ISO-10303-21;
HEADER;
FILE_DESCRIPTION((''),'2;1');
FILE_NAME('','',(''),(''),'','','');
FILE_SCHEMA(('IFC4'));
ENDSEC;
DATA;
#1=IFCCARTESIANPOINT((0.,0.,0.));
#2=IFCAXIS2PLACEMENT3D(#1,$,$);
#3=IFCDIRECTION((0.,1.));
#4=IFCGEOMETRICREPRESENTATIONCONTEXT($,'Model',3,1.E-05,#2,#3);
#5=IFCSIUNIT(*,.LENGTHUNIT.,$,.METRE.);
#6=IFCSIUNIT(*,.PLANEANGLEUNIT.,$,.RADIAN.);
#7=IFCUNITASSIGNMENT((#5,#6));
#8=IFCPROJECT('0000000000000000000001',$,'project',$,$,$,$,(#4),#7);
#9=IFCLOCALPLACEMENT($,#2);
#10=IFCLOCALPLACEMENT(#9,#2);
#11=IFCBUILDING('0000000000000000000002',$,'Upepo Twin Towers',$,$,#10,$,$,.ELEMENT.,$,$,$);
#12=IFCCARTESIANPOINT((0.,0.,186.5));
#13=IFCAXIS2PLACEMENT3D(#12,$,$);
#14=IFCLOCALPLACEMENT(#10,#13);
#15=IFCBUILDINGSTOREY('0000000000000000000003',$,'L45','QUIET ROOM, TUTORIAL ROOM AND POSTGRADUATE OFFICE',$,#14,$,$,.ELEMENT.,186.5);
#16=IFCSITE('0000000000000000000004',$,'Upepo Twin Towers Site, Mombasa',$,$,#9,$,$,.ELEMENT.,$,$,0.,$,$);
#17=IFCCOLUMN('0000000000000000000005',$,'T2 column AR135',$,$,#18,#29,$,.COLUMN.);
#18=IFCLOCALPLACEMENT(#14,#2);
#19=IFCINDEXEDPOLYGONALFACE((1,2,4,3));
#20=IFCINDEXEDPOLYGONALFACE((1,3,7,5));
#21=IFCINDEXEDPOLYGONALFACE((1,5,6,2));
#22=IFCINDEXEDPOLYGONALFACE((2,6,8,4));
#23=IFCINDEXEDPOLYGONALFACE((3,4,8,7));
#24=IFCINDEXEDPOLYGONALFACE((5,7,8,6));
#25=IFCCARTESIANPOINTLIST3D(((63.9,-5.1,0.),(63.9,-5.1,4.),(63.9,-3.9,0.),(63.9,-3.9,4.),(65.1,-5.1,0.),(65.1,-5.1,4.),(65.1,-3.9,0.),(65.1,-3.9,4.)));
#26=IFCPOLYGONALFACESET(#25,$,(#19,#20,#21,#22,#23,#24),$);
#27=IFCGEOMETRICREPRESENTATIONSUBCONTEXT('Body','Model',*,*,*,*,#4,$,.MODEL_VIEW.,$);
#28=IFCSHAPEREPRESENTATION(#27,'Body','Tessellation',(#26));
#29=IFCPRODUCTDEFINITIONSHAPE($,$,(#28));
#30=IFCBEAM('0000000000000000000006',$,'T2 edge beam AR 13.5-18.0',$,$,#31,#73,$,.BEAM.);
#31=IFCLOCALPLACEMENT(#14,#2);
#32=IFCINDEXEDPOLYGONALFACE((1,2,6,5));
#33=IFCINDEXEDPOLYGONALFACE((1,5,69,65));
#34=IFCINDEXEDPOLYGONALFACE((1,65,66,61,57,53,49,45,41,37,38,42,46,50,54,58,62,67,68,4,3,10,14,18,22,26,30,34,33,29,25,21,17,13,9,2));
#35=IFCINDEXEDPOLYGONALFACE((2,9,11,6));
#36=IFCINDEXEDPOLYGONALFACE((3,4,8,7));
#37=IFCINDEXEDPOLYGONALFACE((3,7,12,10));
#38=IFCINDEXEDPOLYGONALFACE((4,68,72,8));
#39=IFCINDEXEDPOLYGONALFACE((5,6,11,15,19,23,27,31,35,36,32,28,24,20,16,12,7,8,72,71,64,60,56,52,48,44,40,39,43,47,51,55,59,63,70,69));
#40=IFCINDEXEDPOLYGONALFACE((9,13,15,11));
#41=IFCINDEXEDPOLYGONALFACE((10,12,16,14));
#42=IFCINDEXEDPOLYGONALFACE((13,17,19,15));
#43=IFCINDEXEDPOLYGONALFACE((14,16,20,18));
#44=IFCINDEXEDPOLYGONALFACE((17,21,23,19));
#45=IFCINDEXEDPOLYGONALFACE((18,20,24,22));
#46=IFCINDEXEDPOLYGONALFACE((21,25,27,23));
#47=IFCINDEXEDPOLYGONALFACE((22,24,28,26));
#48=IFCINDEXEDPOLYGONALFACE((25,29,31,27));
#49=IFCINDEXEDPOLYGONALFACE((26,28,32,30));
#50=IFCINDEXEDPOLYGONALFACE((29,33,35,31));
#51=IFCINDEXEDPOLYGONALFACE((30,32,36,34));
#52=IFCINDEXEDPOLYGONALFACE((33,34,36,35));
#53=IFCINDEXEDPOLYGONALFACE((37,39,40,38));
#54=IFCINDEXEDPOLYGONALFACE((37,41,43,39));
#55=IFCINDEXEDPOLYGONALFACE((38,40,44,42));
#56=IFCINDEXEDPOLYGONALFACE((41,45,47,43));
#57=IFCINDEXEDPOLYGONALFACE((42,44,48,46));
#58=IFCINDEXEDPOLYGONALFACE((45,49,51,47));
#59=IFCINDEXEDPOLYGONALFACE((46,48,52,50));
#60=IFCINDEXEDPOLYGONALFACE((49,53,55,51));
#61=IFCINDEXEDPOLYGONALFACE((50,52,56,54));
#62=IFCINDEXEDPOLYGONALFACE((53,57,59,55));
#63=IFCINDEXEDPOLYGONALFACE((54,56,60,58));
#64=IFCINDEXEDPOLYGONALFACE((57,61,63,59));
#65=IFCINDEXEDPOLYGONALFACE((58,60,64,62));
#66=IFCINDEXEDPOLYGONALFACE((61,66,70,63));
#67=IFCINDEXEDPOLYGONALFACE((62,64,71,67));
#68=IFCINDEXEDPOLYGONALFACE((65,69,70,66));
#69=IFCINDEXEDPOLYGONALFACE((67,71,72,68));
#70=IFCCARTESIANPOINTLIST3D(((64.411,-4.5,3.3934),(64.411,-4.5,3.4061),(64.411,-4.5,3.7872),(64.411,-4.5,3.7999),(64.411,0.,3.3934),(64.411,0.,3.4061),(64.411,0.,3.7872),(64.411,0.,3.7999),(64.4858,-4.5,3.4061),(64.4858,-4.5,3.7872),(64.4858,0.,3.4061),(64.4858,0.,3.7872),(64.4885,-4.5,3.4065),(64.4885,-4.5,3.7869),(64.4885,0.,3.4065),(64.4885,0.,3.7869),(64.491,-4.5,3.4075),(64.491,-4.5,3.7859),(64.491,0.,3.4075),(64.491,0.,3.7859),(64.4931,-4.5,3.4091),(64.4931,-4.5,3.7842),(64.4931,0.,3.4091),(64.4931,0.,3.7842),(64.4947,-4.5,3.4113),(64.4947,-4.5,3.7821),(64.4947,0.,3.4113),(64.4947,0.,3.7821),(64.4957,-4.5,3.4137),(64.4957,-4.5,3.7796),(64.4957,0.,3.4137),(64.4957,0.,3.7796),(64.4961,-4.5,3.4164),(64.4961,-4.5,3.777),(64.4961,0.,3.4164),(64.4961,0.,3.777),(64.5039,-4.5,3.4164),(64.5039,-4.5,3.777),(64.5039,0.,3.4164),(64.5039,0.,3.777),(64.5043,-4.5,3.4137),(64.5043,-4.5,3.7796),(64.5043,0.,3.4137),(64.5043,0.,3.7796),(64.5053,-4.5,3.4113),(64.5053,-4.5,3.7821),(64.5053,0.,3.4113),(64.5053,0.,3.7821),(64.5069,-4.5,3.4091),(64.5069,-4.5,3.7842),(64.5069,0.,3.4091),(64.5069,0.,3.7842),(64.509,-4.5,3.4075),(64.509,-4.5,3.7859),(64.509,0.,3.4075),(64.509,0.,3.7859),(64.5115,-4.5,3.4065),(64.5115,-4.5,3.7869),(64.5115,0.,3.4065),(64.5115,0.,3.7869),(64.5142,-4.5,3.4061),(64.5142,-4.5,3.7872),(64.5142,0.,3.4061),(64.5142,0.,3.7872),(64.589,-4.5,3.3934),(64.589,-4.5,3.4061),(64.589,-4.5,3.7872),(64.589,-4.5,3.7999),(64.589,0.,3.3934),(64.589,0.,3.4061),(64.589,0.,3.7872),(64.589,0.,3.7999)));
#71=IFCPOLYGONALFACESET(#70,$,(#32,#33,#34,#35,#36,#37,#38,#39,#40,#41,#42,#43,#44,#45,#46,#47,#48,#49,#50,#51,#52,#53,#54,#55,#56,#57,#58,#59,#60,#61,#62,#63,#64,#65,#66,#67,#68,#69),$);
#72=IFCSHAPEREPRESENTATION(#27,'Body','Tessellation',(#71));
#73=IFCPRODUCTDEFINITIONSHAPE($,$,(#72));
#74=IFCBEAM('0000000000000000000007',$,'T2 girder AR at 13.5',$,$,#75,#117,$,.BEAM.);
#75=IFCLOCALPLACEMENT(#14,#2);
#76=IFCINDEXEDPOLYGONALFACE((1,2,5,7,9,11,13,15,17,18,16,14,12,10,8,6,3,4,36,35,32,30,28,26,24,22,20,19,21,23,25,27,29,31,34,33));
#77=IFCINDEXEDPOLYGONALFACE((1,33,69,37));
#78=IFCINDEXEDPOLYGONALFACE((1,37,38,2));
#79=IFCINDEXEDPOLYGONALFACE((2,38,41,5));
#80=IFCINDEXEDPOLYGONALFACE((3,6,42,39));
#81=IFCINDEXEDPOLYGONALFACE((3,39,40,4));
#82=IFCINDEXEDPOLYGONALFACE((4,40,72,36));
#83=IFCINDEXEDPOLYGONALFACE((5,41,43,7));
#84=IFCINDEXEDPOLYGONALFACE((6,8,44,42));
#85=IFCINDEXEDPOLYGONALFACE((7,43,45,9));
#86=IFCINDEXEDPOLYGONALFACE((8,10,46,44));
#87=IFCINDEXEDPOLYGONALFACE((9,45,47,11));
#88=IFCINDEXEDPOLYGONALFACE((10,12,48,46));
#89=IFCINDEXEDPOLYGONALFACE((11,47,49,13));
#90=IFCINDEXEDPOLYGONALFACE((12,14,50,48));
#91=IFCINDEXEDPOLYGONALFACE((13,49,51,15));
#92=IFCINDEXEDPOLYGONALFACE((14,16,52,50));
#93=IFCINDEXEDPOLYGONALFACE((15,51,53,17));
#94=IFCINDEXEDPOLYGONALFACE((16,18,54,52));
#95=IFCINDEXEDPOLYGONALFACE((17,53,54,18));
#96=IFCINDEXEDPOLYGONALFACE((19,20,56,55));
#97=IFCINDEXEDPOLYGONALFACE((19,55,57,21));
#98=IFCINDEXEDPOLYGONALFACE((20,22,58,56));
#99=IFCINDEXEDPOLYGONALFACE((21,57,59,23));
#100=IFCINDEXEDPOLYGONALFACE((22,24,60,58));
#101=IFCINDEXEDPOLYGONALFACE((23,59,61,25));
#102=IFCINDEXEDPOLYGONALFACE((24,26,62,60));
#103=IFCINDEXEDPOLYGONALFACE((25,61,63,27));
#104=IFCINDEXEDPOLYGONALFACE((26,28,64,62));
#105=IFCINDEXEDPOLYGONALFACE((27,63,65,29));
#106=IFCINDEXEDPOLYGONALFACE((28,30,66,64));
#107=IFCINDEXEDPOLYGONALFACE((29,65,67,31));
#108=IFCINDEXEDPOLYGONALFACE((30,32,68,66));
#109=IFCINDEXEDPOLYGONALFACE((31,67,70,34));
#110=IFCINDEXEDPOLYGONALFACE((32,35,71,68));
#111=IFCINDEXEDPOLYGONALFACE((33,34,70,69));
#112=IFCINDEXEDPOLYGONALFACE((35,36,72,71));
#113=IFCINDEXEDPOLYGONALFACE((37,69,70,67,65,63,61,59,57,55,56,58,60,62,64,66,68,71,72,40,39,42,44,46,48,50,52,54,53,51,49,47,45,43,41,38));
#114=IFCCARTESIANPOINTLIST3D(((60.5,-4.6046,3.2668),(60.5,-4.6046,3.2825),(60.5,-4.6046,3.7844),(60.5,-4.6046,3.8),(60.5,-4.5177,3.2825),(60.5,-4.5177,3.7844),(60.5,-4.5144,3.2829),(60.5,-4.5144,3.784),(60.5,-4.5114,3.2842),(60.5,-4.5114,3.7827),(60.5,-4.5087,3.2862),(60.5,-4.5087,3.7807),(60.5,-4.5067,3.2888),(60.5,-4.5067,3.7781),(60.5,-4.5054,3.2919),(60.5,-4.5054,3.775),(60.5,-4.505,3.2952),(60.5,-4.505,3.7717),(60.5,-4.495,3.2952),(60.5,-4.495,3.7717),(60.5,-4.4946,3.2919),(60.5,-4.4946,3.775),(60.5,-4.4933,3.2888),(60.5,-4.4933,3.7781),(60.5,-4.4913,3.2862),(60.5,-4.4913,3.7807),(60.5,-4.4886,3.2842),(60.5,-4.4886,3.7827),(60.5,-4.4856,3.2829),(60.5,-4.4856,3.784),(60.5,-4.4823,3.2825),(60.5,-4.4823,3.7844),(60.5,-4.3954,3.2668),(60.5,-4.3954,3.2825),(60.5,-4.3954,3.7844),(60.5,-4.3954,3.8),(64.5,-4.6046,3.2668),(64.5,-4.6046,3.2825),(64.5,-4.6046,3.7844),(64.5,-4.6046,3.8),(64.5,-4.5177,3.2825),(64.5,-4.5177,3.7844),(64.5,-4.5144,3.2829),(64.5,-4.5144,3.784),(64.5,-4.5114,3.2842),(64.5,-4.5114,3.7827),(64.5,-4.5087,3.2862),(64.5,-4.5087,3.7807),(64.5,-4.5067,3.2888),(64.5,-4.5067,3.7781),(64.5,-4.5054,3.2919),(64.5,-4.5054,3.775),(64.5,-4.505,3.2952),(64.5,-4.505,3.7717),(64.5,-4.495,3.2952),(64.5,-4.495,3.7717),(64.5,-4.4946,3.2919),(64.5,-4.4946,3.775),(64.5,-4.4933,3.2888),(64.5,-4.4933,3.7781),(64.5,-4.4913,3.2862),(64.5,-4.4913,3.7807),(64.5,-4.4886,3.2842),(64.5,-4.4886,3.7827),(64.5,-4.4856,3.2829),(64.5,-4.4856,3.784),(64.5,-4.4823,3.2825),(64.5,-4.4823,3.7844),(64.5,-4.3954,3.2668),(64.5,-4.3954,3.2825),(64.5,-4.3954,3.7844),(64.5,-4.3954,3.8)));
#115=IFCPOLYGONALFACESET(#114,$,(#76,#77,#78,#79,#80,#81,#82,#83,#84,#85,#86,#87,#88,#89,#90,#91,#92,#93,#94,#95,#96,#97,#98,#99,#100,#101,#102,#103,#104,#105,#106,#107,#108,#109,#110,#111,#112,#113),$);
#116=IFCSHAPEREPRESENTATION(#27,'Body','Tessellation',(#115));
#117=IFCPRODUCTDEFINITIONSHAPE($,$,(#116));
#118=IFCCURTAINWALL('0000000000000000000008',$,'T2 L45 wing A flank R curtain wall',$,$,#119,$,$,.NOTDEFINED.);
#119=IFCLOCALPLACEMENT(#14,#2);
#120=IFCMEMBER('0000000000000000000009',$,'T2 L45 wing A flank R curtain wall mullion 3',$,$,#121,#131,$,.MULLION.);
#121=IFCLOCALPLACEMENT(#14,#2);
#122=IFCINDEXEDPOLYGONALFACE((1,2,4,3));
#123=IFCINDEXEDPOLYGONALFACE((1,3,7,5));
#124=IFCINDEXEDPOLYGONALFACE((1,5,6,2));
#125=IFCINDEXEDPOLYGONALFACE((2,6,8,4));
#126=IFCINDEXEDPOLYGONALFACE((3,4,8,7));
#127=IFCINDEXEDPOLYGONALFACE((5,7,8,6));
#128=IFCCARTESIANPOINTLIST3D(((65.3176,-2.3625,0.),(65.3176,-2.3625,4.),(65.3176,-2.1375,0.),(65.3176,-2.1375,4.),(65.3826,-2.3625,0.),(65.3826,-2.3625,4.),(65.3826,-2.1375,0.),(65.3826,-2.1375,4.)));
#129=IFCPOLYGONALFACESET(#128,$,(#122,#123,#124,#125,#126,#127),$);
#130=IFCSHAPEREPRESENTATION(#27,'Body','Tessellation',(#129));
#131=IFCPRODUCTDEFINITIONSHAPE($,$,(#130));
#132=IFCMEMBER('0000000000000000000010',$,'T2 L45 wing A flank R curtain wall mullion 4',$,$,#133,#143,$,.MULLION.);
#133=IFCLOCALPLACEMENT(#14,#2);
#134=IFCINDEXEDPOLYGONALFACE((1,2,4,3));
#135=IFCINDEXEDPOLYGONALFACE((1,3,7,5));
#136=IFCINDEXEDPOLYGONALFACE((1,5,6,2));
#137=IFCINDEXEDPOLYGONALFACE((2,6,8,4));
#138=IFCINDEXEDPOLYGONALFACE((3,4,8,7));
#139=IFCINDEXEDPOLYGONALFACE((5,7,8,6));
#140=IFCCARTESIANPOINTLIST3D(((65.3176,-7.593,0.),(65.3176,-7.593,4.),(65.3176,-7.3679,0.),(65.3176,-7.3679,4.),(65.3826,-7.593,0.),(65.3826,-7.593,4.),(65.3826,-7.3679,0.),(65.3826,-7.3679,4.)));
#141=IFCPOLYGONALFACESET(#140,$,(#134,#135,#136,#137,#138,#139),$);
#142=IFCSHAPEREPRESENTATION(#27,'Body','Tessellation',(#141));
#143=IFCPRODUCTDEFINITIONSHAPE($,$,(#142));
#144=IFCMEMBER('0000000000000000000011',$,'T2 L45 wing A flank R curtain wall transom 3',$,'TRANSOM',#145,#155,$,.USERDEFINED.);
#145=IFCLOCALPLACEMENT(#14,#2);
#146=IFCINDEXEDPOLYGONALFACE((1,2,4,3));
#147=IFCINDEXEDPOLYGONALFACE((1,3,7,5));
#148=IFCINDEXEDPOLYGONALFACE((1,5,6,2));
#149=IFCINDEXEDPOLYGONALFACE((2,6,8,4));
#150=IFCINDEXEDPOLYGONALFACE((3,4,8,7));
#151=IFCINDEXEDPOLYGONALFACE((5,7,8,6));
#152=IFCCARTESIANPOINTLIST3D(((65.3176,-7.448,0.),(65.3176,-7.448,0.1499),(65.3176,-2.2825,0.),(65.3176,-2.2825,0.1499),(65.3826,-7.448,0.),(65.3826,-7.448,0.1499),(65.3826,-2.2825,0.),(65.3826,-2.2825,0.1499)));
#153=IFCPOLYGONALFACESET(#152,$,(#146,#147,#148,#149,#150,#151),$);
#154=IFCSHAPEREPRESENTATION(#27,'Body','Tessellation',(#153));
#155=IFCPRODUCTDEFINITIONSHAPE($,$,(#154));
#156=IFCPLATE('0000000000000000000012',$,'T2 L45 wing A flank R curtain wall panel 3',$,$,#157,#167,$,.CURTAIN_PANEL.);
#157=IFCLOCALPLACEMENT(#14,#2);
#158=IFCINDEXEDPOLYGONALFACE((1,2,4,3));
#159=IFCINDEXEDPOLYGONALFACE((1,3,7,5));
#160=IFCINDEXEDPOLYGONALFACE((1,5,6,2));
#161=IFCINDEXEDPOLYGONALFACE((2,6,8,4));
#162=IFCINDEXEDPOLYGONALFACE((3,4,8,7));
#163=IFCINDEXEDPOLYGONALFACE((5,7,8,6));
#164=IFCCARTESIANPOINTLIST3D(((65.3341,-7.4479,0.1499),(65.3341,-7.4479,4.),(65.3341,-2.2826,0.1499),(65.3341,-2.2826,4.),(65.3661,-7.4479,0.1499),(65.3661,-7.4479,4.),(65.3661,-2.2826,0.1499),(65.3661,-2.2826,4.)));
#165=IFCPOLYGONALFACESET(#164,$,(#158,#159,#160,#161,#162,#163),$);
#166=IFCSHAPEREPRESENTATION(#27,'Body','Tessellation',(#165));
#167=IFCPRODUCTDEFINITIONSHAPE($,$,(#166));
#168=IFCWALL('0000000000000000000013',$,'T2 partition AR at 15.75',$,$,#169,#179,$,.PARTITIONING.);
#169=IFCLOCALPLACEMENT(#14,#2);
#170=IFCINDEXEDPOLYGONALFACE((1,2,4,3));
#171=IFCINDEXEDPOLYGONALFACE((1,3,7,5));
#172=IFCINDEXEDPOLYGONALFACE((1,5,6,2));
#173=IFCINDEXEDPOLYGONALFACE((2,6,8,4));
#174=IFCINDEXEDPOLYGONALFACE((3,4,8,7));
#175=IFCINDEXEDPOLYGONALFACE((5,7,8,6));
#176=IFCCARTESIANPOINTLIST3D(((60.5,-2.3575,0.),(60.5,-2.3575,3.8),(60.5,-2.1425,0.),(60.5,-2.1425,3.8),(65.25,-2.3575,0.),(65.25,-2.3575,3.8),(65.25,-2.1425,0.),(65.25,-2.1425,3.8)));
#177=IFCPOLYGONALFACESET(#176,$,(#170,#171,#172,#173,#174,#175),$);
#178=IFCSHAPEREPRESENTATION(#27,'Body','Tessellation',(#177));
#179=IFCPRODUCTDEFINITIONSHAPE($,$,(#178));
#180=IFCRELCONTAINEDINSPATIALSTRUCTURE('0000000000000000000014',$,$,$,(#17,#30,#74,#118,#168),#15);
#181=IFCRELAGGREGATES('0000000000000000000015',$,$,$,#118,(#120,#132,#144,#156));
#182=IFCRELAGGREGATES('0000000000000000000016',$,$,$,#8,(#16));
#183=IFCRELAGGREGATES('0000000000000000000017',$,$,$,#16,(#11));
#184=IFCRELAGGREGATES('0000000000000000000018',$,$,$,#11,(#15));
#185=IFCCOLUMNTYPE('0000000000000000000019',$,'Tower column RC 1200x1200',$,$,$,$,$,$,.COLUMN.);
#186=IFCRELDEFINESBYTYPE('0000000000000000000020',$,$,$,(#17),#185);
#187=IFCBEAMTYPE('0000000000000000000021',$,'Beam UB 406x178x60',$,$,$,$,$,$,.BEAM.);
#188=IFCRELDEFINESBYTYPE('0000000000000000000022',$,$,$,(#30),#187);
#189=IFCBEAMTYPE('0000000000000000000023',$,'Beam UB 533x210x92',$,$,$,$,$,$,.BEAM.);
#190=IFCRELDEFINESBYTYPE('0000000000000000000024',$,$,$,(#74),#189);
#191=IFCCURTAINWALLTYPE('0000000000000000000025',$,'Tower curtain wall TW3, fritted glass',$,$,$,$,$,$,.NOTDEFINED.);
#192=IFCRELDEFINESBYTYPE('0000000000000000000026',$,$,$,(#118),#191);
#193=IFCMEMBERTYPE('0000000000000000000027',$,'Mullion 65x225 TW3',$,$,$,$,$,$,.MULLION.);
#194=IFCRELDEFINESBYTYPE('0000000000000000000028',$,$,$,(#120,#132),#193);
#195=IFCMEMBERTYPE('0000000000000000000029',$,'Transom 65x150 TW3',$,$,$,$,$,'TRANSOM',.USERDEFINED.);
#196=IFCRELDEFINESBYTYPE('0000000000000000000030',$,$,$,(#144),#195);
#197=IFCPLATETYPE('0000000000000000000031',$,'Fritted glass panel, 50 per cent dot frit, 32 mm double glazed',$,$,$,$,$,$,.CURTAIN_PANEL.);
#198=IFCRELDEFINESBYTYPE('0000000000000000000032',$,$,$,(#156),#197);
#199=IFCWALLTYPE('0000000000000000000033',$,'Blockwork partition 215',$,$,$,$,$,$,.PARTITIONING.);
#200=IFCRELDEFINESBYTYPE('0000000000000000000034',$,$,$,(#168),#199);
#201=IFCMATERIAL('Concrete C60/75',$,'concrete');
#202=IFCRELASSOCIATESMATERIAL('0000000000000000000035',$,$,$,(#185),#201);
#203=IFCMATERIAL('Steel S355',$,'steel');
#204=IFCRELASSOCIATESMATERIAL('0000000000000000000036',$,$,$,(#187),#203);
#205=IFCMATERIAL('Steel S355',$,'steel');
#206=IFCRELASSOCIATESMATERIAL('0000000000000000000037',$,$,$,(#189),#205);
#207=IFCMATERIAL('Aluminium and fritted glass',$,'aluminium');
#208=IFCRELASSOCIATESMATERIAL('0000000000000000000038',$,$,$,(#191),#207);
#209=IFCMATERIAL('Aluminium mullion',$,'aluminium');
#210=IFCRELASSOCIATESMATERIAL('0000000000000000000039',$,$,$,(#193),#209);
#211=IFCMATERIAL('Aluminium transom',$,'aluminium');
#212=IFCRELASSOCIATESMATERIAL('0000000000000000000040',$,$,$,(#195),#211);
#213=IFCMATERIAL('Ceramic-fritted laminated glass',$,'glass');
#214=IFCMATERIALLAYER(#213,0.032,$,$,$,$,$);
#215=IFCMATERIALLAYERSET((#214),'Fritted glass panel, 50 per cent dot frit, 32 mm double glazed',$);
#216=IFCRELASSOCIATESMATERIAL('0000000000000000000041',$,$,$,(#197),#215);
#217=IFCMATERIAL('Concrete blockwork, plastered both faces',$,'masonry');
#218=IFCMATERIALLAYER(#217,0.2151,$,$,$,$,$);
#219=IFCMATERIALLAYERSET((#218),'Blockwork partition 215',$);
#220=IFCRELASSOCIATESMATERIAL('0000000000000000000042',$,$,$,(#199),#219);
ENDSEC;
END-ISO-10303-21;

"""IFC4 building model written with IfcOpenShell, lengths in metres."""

from ifc_helpers import new_model, si_unit, direction, frame, frame_2d, origin, origin_2d, place, context, subcontext, project, spatial, rectangle, i_section, extrude, material, layer, layer_set, material_profile, profile_set, type_object, element, aggregate, save


model = new_model("IFC4")

# Units and contexts
model_context = context("Model", 3, precision=1e-05, world=origin(), true_north=direction((0.0, 1.0)))
body_context = subcontext(model_context, "Body", "Model", "MODEL_VIEW")
ifc_project = project(units=[si_unit("LENGTHUNIT", "METRE"), si_unit("PLANEANGLEUNIT", "RADIAN")], contexts=[model_context])

# Site, building, storey
site_placement = place(None, origin())
site = spatial("IfcSite", under=ifc_project, at=site_placement, Name="Upepo Twin Towers Site, Mombasa", CompositionType="ELEMENT", RefElevation=0.0)
building_placement = place(site_placement, origin())
building = spatial("IfcBuilding", under=site, at=building_placement, Name="Upepo Twin Towers", CompositionType="ELEMENT")
storey_placement = place(building_placement, frame((0.0, 0.0, 186.5)))
storey = spatial("IfcBuildingStorey", under=building, at=storey_placement, Name="L45", Description="QUIET ROOM, TUTORIAL ROOM AND POSTGRADUATE OFFICE", CompositionType="ELEMENT", Elevation=186.5)

# Column
ifc_material_1 = material(Name="Concrete C60/75", Category="concrete")
ifc_material_profile_1 = material_profile(ifc_material_1, rectangle(XDim=1.2, YDim=1.2, at=origin_2d()), Name="RC 1200x1200")
ifc_profile_set_1 = profile_set([ifc_material_profile_1], Name="Concrete C60/75")
column_type = type_object("IfcColumnType", Name="Tower column RC 1200x1200", PredefinedType="COLUMN", material=ifc_profile_set_1)
column_placement = place(storey_placement, frame((64.5, -4.5, 0.0), z_axis=(0.0, 0.0, 1.0), x_axis=(1.0, 0.0, 0.0)))
element("IfcColumn", 1, at=column_placement, inside=storey, type_object=column_type, Name="T2 column AR135", PredefinedType="COLUMN", context=body_context, shape_type="SweptSolid", body=[
    extrude(rectangle(XDim=1.2, YDim=1.2, at=origin_2d()), origin(), (0.0, 0.0, 1.0), 4.0),
])

# Beams
ifc_material_2 = material(Name="Steel S355", Category="steel")
ifc_material_profile_2 = material_profile(ifc_material_2, i_section(OverallWidth=0.178, OverallDepth=0.4065, WebThickness=0.0078, FlangeThickness=0.0127, FilletRadius=0.0103, at=origin_2d()), Name="UB 406x178x60")
ifc_profile_set_2 = profile_set([ifc_material_profile_2], Name="Steel S355")
beam_type_1 = type_object("IfcBeamType", Name="Beam UB 406x178x60", PredefinedType="BEAM", material=ifc_profile_set_2)
beam_1_placement = place(storey_placement, frame((64.5, -4.5, 3.5967), z_axis=(0.0, 1.0, 0.0), x_axis=(-1.0, 0.0, 0.0)))
element("IfcBeam", 2, at=beam_1_placement, inside=storey, type_object=beam_type_1, Name="T2 edge beam AR 13.5-18.0", PredefinedType="BEAM", context=body_context, shape_type="SweptSolid", body=[
    extrude(i_section(OverallWidth=0.178, OverallDepth=0.4065, WebThickness=0.0078, FlangeThickness=0.0127, FilletRadius=0.0103, at=origin_2d()), origin(), (0.0, 0.0, 1.0), 4.5),
])
ifc_material_3 = material(Name="Steel S355", Category="steel")
ifc_material_profile_3 = material_profile(ifc_material_3, i_section(OverallWidth=0.2092, OverallDepth=0.5332, WebThickness=0.01, FlangeThickness=0.0156, FilletRadius=0.0127, at=origin_2d()), Name="UB 533x210x92")
ifc_profile_set_3 = profile_set([ifc_material_profile_3], Name="Steel S355")
beam_type_2 = type_object("IfcBeamType", Name="Beam UB 533x210x92", PredefinedType="BEAM", material=ifc_profile_set_3)
beam_2_placement = place(storey_placement, frame((64.5, -4.5, 3.5334), z_axis=(-1.0, 0.0, 0.0), x_axis=(0.0, -1.0, 0.0)))
element("IfcBeam", 3, at=beam_2_placement, inside=storey, type_object=beam_type_2, Name="T2 girder AR at 13.5", PredefinedType="BEAM", context=body_context, shape_type="SweptSolid", body=[
    extrude(i_section(OverallWidth=0.2092, OverallDepth=0.5332, WebThickness=0.01, FlangeThickness=0.0156, FilletRadius=0.0127, at=origin_2d()), origin(), (0.0, 0.0, 1.0), 4.0),
])

# Curtain wall, members, plate
ifc_material_4 = material(Name="Aluminium and fritted glass", Category="aluminium")
curtain_wall_type = type_object("IfcCurtainWallType", Name="Tower curtain wall TW3, fritted glass", PredefinedType="NOTDEFINED", material=ifc_material_4)
curtain_wall_placement = place(storey_placement, origin())
curtain_wall = element("IfcCurtainWall", 4, at=curtain_wall_placement, inside=storey, type_object=curtain_wall_type, Name="T2 L45 wing A flank R curtain wall", PredefinedType="NOTDEFINED")
ifc_material_5 = material(Name="Aluminium mullion", Category="aluminium")
ifc_material_profile_4 = material_profile(ifc_material_5, rectangle(XDim=0.0649, YDim=0.2251, at=origin_2d()), Name="MULLION 65x225")
ifc_profile_set_4 = profile_set([ifc_material_profile_4], Name="Aluminium mullion")
member_type_1 = type_object("IfcMemberType", Name="Mullion 65x225 TW3", PredefinedType="MULLION", material=ifc_profile_set_4)
member_1_placement = place(storey_placement, frame((65.3501, -2.25, 0.0), z_axis=(0.0, 0.0, 1.0), x_axis=(1.0, 0.0, 0.0)))
member_1 = element("IfcMember", 5, at=member_1_placement, type_object=member_type_1, Name="T2 L45 wing A flank R curtain wall mullion 3", PredefinedType="MULLION", context=body_context, shape_type="SweptSolid", body=[
    extrude(rectangle(XDim=0.0649, YDim=0.2251, at=origin_2d()), origin(), (0.0, 0.0, 1.0), 4.0),
])
member_2_placement = place(storey_placement, frame((65.3501, -7.4805, 0.0), z_axis=(0.0, 0.0, 1.0), x_axis=(1.0, 0.0, 0.0)))
member_2 = element("IfcMember", 6, at=member_2_placement, type_object=member_type_1, Name="T2 L45 wing A flank R curtain wall mullion 4", PredefinedType="MULLION", context=body_context, shape_type="SweptSolid", body=[
    extrude(rectangle(XDim=0.0649, YDim=0.2251, at=origin_2d()), origin(), (0.0, 0.0, 1.0), 4.0),
])
ifc_material_6 = material(Name="Aluminium transom", Category="aluminium")
ifc_material_profile_5 = material_profile(ifc_material_6, rectangle(XDim=0.0649, YDim=0.1499, at=origin_2d()), Name="TRANSOM 65x150")
ifc_profile_set_5 = profile_set([ifc_material_profile_5], Name="Aluminium transom")
member_type_2 = type_object("IfcMemberType", Name="Transom 65x150 TW3", ElementType="TRANSOM", PredefinedType="USERDEFINED", material=ifc_profile_set_5)
member_3_placement = place(storey_placement, frame((65.3501, -2.2825, 0.075), z_axis=(0.0, -1.0, 0.0), x_axis=(1.0, 0.0, 0.0)))
member_3 = element("IfcMember", 7, at=member_3_placement, type_object=member_type_2, Name="T2 L45 wing A flank R curtain wall transom 3", ObjectType="TRANSOM", PredefinedType="USERDEFINED", context=body_context, shape_type="SweptSolid", body=[
    extrude(rectangle(XDim=0.0649, YDim=0.1499, at=origin_2d()), origin(), (0.0, 0.0, 1.0), 5.1655),
])
ifc_material_7 = material(Name="Ceramic-fritted laminated glass", Category="glass")
ifc_layer_1 = layer(ifc_material_7, 0.032)
ifc_layer_set_1 = layer_set([ifc_layer_1], Name="Fritted glass panel, 50 per cent dot frit, 32 mm double glazed")
plate_type = type_object("IfcPlateType", Name="Fritted glass panel, 50 per cent dot frit, 32 mm double glazed", PredefinedType="CURTAIN_PANEL", material=ifc_layer_set_1)
plate_placement = place(storey_placement, frame((65.3501, -4.8652, 0.1499), z_axis=(0.0, 0.0, 1.0), x_axis=(0.0, -1.0, 0.0)))
plate = element("IfcPlate", 8, at=plate_placement, type_object=plate_type, Name="T2 L45 wing A flank R curtain wall panel 3", PredefinedType="CURTAIN_PANEL", context=body_context, shape_type="SweptSolid", body=[
    extrude(rectangle(XDim=5.1653, YDim=0.032, at=origin_2d()), origin(), (0.0, 0.0, 1.0), 3.8501),
])
aggregate(curtain_wall, [member_1, member_2, member_3, plate])

# Wall
ifc_material_8 = material(Name="Concrete blockwork, plastered both faces", Category="masonry")
ifc_layer_2 = layer(ifc_material_8, 0.2151)
ifc_layer_set_2 = layer_set([ifc_layer_2], Name="Blockwork partition 215")
wall_type_1 = type_object("IfcWallType", Name="Blockwork partition 215", PredefinedType="PARTITIONING", material=ifc_layer_set_2)
wall_1_placement = place(storey_placement, frame((60.5, -2.25, 0.0), z_axis=(0.0, 0.0, 1.0), x_axis=(1.0, 0.0, 0.0)))
element("IfcWall", 9, at=wall_1_placement, inside=storey, type_object=wall_type_1, Name="T2 partition AR at 15.75", PredefinedType="PARTITIONING", context=body_context, shape_type="SweptSolid", body=[
    extrude(rectangle(XDim=4.75, YDim=0.2151, at=frame_2d((2.375, 0.0))), origin(), (0.0, 0.0, 1.0), 3.8),
])

save(model, "model.ifc")
